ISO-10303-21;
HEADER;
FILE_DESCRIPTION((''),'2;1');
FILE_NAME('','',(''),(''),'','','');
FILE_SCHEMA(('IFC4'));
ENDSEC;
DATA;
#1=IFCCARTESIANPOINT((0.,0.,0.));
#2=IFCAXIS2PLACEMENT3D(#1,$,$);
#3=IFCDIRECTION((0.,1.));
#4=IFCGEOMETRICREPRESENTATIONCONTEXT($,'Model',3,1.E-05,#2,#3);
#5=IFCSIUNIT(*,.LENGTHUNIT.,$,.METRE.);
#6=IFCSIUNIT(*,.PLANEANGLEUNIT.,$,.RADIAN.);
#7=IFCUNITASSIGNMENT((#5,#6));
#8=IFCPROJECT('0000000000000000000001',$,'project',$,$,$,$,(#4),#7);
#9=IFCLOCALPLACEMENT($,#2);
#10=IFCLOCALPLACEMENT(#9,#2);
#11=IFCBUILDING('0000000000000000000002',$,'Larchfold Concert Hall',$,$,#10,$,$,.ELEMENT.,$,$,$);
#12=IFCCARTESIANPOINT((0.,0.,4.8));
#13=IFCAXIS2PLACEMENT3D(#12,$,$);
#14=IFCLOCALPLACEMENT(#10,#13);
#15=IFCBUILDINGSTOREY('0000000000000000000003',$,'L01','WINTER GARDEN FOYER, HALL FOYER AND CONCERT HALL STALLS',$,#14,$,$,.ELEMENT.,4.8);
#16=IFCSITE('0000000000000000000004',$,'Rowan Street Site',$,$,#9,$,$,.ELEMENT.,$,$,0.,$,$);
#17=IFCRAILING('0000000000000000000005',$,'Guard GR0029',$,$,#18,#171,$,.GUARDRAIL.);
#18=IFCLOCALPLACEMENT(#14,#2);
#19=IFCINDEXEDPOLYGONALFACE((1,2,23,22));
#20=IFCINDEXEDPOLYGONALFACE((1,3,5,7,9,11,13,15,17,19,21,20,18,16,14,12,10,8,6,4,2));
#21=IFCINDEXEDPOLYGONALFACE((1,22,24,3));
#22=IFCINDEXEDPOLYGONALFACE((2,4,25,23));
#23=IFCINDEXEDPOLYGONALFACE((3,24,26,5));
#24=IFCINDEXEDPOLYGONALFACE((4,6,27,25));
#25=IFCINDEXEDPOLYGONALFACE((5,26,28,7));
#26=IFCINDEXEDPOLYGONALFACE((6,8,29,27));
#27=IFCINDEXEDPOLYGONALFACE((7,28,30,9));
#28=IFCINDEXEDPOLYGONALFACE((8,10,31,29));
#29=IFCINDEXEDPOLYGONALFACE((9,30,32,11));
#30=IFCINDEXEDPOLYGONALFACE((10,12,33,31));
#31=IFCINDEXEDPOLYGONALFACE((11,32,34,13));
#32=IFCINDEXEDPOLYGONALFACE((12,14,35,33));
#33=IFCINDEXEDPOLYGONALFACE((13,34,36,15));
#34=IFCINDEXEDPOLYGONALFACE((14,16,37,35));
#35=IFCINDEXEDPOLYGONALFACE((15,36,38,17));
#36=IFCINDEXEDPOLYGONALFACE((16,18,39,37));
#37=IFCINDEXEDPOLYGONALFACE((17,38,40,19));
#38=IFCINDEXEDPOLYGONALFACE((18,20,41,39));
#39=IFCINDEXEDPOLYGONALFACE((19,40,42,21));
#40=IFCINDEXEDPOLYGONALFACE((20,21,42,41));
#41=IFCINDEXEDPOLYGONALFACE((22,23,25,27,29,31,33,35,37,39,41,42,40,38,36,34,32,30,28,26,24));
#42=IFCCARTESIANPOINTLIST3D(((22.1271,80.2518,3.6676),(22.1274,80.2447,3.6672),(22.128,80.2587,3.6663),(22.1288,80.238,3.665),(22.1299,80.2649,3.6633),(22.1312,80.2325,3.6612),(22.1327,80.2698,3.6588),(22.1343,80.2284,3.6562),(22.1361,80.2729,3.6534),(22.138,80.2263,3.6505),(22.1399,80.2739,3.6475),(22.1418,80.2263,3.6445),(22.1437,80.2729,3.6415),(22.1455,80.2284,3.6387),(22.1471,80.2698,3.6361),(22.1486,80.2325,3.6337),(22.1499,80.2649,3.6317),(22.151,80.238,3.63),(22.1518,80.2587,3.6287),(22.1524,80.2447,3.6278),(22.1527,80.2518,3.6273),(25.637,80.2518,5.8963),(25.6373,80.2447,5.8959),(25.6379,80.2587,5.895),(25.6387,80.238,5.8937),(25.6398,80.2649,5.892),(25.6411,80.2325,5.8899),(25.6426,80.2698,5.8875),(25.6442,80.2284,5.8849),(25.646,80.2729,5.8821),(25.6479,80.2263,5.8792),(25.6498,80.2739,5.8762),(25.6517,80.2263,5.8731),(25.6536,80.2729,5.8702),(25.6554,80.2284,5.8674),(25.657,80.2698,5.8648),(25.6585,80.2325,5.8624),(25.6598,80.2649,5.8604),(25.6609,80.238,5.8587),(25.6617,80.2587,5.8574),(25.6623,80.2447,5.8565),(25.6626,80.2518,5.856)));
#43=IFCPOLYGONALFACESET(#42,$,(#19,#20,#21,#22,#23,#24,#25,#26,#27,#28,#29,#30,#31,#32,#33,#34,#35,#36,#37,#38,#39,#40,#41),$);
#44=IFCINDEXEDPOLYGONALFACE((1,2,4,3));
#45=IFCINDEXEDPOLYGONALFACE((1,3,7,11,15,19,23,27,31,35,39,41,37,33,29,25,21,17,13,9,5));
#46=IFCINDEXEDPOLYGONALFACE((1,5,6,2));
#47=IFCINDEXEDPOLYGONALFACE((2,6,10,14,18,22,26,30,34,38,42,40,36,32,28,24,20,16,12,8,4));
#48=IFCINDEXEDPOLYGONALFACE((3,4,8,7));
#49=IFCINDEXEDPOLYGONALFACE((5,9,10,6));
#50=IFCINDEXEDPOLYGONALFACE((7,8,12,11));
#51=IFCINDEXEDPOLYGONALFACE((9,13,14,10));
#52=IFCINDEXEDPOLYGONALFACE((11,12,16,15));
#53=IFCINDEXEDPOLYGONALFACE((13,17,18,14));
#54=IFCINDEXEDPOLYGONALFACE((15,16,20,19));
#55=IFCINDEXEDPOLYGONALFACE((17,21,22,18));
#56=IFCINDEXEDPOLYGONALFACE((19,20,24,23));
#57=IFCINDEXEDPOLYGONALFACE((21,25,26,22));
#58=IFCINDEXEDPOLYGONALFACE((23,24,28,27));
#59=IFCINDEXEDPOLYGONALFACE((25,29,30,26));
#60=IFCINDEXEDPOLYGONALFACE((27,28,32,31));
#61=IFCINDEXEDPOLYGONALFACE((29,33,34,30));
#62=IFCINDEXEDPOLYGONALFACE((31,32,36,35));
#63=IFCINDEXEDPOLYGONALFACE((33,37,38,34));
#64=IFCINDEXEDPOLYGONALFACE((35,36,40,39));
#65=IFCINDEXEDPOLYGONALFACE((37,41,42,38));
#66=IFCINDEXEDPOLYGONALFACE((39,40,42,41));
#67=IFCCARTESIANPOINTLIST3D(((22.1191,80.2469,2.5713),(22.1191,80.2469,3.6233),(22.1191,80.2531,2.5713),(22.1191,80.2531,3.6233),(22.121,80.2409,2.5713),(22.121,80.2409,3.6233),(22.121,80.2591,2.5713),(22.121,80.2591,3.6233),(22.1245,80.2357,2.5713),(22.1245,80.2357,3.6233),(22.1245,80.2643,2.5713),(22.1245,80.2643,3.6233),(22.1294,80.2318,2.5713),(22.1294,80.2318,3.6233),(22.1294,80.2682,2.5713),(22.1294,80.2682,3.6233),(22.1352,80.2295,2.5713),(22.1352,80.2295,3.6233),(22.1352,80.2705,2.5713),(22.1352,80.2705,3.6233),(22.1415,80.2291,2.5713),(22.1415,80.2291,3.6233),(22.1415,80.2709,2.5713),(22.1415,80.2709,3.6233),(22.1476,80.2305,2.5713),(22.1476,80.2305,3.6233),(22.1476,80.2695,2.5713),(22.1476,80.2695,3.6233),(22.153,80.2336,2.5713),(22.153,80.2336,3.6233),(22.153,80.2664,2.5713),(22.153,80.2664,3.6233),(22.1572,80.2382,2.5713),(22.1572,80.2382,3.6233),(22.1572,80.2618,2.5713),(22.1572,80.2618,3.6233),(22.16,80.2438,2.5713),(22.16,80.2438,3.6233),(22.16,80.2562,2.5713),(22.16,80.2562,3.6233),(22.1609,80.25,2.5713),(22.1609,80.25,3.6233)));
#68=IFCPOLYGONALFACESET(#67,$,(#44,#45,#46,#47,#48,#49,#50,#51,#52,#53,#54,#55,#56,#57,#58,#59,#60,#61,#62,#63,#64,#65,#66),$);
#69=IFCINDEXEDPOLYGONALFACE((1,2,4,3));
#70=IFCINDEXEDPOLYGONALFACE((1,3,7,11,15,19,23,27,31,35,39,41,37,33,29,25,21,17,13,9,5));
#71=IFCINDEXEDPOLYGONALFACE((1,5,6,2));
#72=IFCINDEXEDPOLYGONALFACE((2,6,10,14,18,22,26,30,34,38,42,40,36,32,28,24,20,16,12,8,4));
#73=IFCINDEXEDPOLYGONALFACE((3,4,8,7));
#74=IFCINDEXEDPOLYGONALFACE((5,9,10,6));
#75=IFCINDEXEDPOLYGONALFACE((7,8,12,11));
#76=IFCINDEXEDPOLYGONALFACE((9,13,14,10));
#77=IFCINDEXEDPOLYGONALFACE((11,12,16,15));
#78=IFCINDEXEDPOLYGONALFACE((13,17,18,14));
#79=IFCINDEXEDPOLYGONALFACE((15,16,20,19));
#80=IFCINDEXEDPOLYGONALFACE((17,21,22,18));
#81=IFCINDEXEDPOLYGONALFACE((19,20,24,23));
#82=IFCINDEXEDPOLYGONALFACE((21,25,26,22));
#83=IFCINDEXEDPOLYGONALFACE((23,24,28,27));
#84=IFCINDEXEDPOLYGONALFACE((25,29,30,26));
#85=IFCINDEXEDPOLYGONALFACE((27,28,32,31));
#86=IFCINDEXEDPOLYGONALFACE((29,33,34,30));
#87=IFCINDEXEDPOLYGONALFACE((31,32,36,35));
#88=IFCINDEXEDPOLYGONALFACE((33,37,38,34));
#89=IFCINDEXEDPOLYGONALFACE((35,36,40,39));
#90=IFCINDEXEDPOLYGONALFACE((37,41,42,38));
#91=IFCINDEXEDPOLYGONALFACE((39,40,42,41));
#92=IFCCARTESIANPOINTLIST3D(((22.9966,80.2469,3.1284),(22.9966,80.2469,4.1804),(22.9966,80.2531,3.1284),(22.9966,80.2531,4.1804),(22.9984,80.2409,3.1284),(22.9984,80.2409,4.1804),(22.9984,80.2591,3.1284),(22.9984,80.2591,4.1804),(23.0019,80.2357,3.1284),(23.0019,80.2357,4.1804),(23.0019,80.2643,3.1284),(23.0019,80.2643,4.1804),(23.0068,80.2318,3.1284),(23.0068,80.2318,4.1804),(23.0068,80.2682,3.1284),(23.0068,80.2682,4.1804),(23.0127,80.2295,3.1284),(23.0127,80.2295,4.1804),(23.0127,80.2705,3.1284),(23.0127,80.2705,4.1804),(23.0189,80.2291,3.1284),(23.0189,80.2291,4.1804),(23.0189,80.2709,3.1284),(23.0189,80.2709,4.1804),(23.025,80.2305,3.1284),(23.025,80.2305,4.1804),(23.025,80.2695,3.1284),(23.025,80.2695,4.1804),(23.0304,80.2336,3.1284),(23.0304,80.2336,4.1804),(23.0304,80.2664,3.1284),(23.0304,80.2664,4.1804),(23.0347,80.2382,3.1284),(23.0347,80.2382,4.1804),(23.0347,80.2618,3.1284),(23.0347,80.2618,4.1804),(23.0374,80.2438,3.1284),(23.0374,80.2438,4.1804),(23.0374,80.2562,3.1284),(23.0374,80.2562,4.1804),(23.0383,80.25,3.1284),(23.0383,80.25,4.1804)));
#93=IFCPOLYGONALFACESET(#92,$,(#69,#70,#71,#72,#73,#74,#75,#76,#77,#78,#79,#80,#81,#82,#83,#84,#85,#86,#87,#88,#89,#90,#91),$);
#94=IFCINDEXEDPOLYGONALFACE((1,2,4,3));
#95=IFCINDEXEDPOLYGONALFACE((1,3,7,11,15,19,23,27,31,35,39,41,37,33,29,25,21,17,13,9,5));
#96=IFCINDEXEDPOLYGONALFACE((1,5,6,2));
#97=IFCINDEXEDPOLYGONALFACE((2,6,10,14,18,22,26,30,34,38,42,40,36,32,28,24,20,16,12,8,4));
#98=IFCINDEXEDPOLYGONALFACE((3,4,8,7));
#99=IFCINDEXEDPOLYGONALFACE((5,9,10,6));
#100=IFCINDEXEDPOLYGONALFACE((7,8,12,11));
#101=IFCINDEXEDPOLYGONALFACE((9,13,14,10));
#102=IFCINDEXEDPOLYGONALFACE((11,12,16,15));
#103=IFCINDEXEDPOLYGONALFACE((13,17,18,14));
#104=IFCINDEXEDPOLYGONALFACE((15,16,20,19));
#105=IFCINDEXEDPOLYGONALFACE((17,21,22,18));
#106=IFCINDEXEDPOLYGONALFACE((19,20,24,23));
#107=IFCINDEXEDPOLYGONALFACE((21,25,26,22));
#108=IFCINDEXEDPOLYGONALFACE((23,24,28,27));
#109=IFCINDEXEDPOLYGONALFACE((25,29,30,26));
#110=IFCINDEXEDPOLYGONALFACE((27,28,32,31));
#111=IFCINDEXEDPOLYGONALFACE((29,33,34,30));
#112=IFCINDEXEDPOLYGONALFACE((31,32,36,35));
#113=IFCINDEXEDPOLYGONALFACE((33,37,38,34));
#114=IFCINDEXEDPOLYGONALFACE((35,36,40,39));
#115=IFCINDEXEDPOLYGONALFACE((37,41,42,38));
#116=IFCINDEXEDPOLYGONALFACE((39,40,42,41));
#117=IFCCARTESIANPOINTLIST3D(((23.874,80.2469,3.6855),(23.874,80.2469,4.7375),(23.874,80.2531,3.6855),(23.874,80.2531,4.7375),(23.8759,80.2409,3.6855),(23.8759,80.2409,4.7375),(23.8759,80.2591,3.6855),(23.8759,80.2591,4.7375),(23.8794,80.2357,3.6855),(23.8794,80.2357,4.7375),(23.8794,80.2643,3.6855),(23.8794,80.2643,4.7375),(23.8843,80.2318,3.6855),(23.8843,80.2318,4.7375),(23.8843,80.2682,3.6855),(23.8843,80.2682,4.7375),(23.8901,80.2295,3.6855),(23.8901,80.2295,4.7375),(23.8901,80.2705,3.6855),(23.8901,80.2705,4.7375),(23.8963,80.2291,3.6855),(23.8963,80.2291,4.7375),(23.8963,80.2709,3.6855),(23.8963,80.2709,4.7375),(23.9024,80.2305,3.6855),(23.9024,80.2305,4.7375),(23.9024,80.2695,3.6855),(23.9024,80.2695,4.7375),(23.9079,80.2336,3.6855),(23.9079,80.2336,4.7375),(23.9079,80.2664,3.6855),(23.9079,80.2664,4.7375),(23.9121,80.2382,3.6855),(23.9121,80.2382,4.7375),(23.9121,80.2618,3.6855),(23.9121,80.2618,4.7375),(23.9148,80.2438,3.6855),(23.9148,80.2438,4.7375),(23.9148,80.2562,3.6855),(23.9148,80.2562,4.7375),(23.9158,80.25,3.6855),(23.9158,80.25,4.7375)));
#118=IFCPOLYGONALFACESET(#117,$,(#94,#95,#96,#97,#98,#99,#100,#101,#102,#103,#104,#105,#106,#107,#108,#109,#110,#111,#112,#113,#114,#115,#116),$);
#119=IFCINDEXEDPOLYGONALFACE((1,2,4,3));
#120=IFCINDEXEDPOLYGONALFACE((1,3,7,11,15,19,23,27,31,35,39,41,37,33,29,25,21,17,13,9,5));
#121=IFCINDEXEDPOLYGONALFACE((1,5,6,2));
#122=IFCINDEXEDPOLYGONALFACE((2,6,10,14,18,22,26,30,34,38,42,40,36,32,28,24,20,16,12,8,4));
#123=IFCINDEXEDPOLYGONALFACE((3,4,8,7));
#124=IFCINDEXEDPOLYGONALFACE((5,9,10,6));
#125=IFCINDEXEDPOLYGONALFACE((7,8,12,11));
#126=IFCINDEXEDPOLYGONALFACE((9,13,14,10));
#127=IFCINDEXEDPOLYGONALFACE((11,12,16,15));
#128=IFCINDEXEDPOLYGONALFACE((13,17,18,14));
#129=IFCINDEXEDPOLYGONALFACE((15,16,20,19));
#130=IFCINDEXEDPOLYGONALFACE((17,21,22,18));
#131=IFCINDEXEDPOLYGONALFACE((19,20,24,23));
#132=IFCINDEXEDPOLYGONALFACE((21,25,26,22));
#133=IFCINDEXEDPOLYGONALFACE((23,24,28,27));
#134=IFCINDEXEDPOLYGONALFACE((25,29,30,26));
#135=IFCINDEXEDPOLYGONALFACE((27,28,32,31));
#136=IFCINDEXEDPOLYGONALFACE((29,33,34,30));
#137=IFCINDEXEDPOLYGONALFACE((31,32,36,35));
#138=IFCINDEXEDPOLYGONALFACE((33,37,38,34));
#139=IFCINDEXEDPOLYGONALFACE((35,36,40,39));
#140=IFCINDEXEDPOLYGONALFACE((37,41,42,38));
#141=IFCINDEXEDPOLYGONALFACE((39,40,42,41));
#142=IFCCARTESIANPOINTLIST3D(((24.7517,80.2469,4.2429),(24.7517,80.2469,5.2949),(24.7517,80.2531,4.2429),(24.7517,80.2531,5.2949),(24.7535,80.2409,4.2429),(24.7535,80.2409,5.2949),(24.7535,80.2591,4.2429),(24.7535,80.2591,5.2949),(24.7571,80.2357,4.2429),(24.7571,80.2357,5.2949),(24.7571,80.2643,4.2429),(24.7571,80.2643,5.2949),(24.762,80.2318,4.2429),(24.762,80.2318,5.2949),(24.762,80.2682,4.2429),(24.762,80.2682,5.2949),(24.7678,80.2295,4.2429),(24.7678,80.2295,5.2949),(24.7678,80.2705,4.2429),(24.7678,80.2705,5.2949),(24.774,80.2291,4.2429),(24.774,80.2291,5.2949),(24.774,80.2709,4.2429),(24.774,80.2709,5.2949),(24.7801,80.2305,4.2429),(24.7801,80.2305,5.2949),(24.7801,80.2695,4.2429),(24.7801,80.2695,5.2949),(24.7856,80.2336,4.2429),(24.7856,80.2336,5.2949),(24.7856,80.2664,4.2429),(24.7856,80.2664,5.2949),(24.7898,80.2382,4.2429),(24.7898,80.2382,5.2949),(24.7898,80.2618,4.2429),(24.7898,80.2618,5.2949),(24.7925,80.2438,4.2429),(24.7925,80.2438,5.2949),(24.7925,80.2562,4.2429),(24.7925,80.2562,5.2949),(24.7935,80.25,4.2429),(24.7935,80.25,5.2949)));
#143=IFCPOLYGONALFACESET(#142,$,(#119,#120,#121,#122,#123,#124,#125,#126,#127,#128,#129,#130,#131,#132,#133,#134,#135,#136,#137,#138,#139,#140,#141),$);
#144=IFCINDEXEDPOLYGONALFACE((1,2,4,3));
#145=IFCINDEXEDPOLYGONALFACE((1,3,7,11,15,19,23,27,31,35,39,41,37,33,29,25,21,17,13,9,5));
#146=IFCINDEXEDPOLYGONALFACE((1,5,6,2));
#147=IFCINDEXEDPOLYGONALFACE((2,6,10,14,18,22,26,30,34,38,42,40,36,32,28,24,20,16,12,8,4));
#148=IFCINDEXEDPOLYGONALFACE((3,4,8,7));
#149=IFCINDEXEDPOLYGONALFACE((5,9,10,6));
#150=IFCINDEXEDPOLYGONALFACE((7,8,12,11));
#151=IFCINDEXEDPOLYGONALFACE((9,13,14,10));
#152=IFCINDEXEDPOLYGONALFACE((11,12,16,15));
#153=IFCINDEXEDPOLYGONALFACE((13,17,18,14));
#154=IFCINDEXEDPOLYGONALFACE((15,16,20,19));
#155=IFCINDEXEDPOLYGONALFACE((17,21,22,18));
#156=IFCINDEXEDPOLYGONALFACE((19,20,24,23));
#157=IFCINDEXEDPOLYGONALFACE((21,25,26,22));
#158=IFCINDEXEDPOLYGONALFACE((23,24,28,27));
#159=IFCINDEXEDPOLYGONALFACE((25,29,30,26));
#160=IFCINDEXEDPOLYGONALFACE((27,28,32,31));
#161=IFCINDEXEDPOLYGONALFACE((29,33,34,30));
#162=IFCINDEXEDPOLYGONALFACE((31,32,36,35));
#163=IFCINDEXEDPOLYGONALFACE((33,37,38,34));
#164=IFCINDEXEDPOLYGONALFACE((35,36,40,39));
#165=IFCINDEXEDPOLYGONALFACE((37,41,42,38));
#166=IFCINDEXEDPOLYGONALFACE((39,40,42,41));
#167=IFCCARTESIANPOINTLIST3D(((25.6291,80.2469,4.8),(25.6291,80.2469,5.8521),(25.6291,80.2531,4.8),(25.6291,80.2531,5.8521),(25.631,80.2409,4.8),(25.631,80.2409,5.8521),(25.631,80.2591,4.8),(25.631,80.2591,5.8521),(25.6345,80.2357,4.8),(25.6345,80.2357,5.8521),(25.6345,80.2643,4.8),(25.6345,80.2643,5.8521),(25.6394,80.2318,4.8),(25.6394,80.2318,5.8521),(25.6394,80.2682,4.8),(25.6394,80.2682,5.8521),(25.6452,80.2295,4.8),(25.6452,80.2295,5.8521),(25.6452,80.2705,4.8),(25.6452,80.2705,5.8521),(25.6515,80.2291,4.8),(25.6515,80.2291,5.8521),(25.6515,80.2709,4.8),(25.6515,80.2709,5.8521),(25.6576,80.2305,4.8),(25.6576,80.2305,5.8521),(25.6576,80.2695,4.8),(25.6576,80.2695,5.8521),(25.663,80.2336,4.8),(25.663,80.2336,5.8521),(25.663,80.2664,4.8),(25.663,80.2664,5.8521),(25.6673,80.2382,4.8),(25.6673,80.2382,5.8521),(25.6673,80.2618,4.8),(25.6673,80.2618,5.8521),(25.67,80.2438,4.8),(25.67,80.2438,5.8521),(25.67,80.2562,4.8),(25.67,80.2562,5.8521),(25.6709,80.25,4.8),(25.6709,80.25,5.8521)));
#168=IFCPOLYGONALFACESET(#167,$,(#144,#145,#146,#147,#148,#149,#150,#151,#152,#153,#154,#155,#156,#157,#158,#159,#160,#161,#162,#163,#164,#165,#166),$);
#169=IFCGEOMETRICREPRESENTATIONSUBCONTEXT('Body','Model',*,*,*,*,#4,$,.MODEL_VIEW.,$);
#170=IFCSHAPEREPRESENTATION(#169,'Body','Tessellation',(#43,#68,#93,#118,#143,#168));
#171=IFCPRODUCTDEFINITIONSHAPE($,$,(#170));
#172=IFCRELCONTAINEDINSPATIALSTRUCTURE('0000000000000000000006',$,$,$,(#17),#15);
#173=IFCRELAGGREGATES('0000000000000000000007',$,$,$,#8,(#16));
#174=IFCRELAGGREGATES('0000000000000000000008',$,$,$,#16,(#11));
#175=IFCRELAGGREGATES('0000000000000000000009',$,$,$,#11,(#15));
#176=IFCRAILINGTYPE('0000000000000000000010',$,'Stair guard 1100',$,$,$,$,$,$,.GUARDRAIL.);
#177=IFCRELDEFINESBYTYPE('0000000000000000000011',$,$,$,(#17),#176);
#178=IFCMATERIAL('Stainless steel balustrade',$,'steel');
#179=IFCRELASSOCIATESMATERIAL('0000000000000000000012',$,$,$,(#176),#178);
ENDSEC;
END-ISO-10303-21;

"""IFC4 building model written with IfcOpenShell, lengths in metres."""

from ifc_helpers import new_model, si_unit, direction, frame, origin, origin_2d, place, context, subcontext, project, spatial, circle, extrude, material, type_object, element, save


model = new_model("IFC4")

# Units and contexts
model_context = context("Model", 3, precision=1e-05, world=origin(), true_north=direction((0.0, 1.0)))
body_context = subcontext(model_context, "Body", "Model", "MODEL_VIEW")
ifc_project = project(units=[si_unit("LENGTHUNIT", "METRE"), si_unit("PLANEANGLEUNIT", "RADIAN")], contexts=[model_context])

# Site, building, storey
site_placement = place(None, origin())
site = spatial("IfcSite", under=ifc_project, at=site_placement, Name="Rowan Street Site", CompositionType="ELEMENT", RefElevation=0.0)
building_placement = place(site_placement, origin())
building = spatial("IfcBuilding", under=site, at=building_placement, Name="Larchfold Concert Hall", CompositionType="ELEMENT")
storey_placement = place(building_placement, frame((0.0, 0.0, 4.8)))
storey = spatial("IfcBuildingStorey", under=building, at=storey_placement, Name="L01", Description="WINTER GARDEN FOYER, HALL FOYER AND CONCERT HALL STALLS", CompositionType="ELEMENT", Elevation=4.8)

# Railing
ifc_material_1 = material(Name="Stainless steel balustrade", Category="steel")
railing_type_1 = type_object("IfcRailingType", Name="Stair guard 1100", PredefinedType="GUARDRAIL", material=ifc_material_1)
railing_1_placement = place(storey_placement, frame((22.1399, 80.25, 2.5713)))
element("IfcRailing", 1, at=railing_1_placement, inside=storey, type_object=railing_type_1, Name="Guard GR0029", PredefinedType="GUARDRAIL", context=body_context, shape_type="SweptSolid", body=[
    extrude(circle(Radius=0.0239, at=origin_2d()), frame((0.0, 0.0, 1.0762), z_axis=(0.844193, 0.0, 0.536039), x_axis=(0.0, 1.0, 0.0)), (0.0, 0.0, 1.0), 4.1577),
    extrude(circle(Radius=0.021, at=origin_2d()), origin(), (0.0, 0.0, 1.0), 1.052),
    extrude(circle(Radius=0.021, at=origin_2d()), frame((0.8774, 0.0, 0.5571)), (0.0, 0.0, 1.0), 1.052),
    extrude(circle(Radius=0.021, at=origin_2d()), frame((1.7549, 0.0, 1.1143)), (0.0, 0.0, 1.0), 1.052),
    extrude(circle(Radius=0.021, at=origin_2d()), frame((2.6326, 0.0, 1.6716)), (0.0, 0.0, 1.0), 1.052),
    extrude(circle(Radius=0.021, at=origin_2d()), frame((3.51, 0.0, 2.2288)), (0.0, 0.0, 1.0), 1.052),
])

save(model, "model.ifc")
